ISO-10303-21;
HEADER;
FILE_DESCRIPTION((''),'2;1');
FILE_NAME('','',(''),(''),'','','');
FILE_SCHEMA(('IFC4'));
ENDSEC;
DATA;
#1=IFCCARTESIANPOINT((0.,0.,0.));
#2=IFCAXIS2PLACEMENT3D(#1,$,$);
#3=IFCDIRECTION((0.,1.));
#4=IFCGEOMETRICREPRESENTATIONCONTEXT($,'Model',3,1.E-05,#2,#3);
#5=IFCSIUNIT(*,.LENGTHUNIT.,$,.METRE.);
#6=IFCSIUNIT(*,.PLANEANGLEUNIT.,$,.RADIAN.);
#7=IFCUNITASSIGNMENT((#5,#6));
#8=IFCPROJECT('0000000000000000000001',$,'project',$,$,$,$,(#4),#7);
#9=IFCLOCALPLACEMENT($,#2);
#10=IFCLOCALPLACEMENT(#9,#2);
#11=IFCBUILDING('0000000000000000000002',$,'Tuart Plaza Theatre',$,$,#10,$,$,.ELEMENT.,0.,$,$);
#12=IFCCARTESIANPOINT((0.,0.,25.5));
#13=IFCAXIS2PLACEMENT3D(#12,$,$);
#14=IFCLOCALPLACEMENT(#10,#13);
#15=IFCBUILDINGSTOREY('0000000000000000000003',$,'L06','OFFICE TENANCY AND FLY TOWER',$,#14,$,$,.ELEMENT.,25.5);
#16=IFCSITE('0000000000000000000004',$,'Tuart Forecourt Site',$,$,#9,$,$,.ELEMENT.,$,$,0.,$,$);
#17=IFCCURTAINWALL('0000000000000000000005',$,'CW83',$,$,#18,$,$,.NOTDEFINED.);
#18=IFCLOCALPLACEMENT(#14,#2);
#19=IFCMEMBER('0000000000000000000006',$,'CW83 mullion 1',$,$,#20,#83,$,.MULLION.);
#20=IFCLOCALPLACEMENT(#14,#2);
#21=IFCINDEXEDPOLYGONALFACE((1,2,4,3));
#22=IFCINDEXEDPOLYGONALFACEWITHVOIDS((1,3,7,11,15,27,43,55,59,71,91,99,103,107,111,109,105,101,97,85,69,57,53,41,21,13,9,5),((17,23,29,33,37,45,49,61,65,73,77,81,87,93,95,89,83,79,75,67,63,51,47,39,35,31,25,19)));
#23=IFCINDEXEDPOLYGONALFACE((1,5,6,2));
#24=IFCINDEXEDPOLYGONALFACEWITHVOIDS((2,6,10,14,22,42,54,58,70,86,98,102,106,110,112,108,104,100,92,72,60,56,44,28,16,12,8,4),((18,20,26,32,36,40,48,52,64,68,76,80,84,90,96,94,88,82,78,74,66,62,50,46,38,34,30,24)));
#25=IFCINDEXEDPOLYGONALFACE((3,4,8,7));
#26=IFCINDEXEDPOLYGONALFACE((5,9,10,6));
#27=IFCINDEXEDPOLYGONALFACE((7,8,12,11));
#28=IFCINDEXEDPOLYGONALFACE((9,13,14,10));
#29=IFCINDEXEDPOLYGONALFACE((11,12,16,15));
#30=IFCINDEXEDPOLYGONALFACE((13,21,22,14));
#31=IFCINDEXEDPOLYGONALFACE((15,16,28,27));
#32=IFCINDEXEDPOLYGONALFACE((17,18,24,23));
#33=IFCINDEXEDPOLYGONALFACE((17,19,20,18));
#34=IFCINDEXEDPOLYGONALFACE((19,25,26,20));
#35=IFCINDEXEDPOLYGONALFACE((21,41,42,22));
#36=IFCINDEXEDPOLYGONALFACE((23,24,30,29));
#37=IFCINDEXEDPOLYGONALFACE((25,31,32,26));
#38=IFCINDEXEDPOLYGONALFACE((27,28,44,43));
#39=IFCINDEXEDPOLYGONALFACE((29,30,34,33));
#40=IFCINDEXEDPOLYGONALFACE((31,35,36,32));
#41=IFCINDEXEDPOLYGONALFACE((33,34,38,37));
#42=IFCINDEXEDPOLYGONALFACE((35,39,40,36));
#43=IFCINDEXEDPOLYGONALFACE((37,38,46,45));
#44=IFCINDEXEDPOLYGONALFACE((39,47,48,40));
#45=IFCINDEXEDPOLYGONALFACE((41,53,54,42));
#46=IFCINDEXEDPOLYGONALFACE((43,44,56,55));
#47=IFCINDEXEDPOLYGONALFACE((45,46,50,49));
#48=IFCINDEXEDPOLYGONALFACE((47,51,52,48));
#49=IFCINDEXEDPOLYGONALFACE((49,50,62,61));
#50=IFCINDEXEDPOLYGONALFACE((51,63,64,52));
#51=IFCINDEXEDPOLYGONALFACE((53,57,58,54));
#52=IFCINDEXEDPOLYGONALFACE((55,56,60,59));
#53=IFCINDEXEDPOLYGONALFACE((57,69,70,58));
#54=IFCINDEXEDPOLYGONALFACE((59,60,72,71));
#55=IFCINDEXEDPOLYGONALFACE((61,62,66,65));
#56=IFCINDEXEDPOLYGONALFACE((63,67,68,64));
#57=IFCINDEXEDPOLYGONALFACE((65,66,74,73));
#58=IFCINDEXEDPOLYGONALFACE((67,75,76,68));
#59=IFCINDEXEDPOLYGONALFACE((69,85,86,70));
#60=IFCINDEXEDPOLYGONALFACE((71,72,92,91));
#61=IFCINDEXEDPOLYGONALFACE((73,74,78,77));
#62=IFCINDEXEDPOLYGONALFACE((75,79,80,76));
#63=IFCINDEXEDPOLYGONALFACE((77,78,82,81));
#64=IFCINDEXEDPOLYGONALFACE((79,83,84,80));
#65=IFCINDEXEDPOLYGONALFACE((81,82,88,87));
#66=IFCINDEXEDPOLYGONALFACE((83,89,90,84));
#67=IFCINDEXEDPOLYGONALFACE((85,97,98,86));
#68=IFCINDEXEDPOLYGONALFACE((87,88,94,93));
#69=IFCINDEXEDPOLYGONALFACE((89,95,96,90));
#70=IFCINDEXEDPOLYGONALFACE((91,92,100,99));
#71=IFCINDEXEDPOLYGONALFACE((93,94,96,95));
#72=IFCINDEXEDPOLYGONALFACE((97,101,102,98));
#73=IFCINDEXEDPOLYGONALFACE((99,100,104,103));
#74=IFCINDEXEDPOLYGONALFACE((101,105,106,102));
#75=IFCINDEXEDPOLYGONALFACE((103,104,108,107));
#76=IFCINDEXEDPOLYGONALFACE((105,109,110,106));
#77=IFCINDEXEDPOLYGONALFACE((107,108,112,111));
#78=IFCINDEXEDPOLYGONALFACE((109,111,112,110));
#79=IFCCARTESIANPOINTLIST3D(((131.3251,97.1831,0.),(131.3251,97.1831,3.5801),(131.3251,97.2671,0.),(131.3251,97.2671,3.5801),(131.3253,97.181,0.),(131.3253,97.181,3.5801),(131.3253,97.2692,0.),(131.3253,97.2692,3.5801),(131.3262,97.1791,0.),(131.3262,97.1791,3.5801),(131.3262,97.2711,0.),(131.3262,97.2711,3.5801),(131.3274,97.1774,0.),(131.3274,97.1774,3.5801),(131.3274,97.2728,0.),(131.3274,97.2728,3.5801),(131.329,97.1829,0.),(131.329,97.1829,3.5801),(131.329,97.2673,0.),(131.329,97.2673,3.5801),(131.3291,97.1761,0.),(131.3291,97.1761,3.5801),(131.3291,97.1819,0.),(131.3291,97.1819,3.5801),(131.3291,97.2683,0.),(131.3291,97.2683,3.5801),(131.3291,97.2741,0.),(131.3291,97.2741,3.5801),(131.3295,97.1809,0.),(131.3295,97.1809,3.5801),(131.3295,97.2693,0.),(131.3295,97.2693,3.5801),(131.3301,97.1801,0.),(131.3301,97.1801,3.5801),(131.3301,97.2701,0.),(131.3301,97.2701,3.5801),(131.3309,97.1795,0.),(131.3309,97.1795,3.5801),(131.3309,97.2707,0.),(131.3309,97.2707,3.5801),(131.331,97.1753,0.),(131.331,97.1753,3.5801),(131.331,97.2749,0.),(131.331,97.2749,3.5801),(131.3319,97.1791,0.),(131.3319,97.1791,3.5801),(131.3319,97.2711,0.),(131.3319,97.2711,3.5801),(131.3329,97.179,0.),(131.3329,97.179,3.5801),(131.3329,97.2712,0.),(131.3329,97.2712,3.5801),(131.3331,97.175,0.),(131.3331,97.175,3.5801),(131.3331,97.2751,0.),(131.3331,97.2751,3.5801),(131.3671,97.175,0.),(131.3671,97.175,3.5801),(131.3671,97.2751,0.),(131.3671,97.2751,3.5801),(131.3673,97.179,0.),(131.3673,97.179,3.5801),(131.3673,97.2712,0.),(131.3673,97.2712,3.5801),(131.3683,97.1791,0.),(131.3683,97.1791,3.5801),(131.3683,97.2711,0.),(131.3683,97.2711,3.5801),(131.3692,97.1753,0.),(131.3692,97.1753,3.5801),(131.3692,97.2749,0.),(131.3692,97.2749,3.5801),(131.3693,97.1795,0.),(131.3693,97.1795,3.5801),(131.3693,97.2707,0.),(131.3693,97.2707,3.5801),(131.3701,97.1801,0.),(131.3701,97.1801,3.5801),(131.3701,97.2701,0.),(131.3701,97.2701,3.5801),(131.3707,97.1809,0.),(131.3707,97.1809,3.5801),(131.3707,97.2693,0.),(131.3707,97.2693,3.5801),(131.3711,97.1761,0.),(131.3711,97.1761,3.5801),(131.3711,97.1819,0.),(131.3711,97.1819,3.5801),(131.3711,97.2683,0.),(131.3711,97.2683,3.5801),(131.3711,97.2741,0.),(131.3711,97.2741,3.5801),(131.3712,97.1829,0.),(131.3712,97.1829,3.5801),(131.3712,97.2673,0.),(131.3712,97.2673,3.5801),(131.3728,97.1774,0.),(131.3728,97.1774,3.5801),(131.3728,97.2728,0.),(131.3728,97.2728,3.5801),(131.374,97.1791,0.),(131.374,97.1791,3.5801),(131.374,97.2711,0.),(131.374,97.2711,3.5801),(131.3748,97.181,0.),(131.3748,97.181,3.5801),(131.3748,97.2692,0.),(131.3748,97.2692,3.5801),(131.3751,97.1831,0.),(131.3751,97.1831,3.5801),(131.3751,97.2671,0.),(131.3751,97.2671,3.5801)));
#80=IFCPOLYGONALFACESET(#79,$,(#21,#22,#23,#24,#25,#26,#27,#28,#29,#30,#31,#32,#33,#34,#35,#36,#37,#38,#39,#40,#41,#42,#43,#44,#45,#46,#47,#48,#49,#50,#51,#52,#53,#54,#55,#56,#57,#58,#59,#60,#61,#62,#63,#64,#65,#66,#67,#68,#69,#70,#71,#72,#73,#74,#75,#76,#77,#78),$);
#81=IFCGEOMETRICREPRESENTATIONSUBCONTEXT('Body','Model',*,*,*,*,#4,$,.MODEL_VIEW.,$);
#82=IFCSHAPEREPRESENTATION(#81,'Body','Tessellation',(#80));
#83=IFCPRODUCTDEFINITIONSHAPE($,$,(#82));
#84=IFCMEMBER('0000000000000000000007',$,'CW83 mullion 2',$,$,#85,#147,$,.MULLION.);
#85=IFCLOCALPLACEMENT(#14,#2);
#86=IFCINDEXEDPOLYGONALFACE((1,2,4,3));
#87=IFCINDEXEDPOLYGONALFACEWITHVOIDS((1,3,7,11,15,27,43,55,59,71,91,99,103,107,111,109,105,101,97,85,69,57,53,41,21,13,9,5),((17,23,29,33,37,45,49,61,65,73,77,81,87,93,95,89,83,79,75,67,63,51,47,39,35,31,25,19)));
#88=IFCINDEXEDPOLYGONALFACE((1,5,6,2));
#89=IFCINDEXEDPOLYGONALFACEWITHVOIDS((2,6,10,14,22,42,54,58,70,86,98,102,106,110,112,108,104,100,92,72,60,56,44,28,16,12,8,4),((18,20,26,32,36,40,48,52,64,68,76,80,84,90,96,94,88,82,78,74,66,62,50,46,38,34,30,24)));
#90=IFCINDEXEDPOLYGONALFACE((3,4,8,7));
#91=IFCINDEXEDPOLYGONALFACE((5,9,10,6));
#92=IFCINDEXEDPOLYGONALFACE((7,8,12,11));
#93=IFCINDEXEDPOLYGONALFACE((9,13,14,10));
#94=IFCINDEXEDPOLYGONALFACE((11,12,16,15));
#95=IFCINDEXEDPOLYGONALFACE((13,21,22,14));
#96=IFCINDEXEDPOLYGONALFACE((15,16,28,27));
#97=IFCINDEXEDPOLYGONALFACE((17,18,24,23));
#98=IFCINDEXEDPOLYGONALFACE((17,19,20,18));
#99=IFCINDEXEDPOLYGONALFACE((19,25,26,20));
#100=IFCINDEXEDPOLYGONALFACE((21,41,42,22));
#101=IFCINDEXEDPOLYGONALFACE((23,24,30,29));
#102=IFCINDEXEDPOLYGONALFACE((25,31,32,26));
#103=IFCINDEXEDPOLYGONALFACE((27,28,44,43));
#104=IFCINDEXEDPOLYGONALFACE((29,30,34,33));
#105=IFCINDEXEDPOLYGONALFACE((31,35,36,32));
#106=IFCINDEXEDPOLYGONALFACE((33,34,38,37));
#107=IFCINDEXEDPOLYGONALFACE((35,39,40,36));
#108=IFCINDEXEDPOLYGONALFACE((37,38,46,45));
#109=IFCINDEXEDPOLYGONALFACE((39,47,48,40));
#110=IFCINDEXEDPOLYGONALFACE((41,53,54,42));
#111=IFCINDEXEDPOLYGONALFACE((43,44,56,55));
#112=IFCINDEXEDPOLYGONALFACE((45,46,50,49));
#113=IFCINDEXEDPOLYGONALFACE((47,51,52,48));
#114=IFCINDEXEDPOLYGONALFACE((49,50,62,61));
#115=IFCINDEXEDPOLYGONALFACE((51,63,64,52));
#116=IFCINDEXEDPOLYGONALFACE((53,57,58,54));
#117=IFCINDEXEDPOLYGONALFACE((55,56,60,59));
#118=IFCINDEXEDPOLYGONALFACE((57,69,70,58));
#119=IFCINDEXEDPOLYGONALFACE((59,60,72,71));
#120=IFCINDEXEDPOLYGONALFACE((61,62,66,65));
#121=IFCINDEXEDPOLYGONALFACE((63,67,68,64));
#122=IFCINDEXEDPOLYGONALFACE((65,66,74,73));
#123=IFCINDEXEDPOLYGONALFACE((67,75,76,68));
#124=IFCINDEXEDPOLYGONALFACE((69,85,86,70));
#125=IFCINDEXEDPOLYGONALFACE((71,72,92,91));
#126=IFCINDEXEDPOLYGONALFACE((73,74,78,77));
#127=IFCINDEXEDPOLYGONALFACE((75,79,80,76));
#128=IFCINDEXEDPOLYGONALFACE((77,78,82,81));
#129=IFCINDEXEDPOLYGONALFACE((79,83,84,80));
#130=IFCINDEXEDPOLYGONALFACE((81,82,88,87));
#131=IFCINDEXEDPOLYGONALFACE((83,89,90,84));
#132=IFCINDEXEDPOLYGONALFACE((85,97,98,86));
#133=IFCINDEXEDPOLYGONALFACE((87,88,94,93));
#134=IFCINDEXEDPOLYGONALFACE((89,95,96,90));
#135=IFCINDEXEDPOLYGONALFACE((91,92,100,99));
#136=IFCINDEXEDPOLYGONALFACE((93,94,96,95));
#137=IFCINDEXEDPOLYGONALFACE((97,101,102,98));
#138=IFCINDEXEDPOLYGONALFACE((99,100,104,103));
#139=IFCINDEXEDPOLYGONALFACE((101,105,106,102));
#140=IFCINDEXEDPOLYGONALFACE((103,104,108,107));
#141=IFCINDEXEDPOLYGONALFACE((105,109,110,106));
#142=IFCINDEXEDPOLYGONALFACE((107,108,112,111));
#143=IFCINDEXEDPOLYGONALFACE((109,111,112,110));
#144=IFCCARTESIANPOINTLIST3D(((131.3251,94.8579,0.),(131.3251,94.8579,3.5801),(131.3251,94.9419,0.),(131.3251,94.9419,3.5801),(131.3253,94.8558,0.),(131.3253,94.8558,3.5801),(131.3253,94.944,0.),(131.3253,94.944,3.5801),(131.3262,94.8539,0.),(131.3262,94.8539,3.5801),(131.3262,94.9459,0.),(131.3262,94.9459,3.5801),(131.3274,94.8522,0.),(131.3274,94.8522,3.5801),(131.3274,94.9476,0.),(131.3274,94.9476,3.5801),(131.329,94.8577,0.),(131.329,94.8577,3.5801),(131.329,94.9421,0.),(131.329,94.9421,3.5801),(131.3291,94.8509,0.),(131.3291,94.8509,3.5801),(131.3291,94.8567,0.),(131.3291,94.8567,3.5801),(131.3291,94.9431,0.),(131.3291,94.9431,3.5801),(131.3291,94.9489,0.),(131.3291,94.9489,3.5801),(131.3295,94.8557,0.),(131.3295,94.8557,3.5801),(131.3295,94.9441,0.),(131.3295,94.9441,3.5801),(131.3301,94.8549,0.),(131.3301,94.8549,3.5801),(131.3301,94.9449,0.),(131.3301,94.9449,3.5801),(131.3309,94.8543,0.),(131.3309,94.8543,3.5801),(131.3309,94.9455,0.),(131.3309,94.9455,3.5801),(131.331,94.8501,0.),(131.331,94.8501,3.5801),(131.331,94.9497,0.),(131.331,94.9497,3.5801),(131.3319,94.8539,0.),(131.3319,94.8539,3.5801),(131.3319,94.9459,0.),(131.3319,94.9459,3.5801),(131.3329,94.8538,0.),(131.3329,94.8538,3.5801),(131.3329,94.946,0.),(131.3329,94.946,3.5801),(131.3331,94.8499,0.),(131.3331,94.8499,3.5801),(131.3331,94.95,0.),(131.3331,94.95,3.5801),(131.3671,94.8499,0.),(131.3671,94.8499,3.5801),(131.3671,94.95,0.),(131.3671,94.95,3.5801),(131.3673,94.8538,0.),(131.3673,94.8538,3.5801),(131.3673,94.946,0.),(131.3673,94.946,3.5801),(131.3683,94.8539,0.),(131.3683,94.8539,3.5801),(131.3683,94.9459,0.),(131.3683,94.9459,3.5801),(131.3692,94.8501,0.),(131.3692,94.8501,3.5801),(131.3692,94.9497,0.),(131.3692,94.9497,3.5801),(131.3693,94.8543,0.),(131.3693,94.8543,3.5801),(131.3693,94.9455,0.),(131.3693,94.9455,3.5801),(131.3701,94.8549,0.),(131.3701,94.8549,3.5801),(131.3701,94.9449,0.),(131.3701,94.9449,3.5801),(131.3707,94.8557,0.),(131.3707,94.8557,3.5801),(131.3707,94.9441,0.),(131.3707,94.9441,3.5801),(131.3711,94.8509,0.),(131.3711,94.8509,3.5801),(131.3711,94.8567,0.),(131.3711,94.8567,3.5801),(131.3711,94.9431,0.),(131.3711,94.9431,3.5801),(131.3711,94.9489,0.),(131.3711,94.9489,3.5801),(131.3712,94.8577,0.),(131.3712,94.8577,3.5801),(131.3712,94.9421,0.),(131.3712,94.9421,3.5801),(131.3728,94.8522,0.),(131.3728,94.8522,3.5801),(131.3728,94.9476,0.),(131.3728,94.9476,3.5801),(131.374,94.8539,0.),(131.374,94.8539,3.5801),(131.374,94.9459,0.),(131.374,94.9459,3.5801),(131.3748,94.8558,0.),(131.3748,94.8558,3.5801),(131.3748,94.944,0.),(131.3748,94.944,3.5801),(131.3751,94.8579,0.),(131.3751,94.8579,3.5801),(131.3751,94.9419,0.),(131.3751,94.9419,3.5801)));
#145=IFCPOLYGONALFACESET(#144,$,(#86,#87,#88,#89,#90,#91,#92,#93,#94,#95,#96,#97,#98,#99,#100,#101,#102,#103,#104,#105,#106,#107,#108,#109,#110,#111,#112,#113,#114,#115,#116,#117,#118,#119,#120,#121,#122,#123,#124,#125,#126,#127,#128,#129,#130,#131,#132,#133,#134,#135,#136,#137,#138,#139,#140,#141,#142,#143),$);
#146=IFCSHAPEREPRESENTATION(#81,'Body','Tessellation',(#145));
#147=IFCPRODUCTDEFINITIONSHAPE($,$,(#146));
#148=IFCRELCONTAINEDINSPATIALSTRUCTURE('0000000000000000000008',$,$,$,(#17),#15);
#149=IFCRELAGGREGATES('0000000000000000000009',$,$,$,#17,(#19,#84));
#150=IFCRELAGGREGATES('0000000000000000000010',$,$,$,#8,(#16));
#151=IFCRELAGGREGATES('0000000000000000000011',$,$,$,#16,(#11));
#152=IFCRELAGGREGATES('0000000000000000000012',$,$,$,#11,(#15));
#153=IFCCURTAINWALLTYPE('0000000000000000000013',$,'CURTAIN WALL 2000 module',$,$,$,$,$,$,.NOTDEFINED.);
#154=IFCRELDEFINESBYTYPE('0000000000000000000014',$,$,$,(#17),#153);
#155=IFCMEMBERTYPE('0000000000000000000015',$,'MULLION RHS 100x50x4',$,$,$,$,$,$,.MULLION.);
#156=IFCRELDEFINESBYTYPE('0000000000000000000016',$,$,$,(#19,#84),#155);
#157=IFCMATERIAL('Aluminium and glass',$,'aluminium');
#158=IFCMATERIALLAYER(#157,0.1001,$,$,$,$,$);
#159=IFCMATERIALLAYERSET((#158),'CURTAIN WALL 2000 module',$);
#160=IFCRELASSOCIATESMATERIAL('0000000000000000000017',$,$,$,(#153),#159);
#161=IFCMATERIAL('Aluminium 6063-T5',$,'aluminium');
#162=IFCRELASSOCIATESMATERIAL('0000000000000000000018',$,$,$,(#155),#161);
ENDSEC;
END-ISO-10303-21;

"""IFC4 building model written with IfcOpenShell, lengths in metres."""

from ifc_helpers import new_model, si_unit, direction, frame, origin, origin_2d, place, context, subcontext, project, spatial, hollow_rectangle, extrude, material, layer, layer_set, material_profile, profile_set, type_object, element, aggregate, save


model = new_model("IFC4")

# Units and contexts
model_context = context("Model", 3, precision=1e-05, world=origin(), true_north=direction((0.0, 1.0)))
body_context = subcontext(model_context, "Body", "Model", "MODEL_VIEW")
ifc_project = project(units=[si_unit("LENGTHUNIT", "METRE"), si_unit("PLANEANGLEUNIT", "RADIAN")], contexts=[model_context])

# Site, building, storey
site_placement = place(None, origin())
site = spatial("IfcSite", under=ifc_project, at=site_placement, Name="Tuart Forecourt Site", CompositionType="ELEMENT", RefElevation=0.0)
building_placement = place(site_placement, origin())
building = spatial("IfcBuilding", under=site, at=building_placement, Name="Tuart Plaza Theatre", CompositionType="ELEMENT", ElevationOfRefHeight=0.0)
storey_placement = place(building_placement, frame((0.0, 0.0, 25.5)))
storey = spatial("IfcBuildingStorey", under=building, at=storey_placement, Name="L06", Description="OFFICE TENANCY AND FLY TOWER", CompositionType="ELEMENT", Elevation=25.5)

# Curtain wall, members
ifc_material_1 = material(Name="Aluminium and glass", Category="aluminium")
ifc_layer_1 = layer(ifc_material_1, 0.1001)
ifc_layer_set_1 = layer_set([ifc_layer_1], Name="CURTAIN WALL 2000 module")
curtain_wall_type = type_object("IfcCurtainWallType", Name="CURTAIN WALL 2000 module", PredefinedType="NOTDEFINED", material=ifc_layer_set_1)
curtain_wall_1_placement = place(storey_placement, origin())
curtain_wall_1 = element("IfcCurtainWall", 1, at=curtain_wall_1_placement, inside=storey, type_object=curtain_wall_type, Name="CW83", PredefinedType="NOTDEFINED")
ifc_material_2 = material(Name="Aluminium 6063-T5", Category="aluminium")
ifc_material_profile_1 = material_profile(ifc_material_2, hollow_rectangle(XDim=0.05, YDim=0.1001, WallThickness=0.0039, InnerFilletRadius=0.0039, OuterFilletRadius=0.0081, at=origin_2d()), Name="RHS 100x50x4")
ifc_profile_set_1 = profile_set([ifc_material_profile_1], Name="Aluminium 6063-T5")
member_type_1 = type_object("IfcMemberType", Name="MULLION RHS 100x50x4", PredefinedType="MULLION", material=ifc_profile_set_1)
member_1_placement = place(storey_placement, frame((131.3501, 97.2251, 0.0), z_axis=(0.0, 0.0, 1.0), x_axis=(1.0, 0.0, 0.0)))
member_1 = element("IfcMember", 2, at=member_1_placement, type_object=member_type_1, Name="CW83 mullion 1", PredefinedType="MULLION", context=body_context, shape_type="SweptSolid", body=[
    extrude(hollow_rectangle(XDim=0.05, YDim=0.1001, WallThickness=0.0039, InnerFilletRadius=0.0039, OuterFilletRadius=0.0081, at=origin_2d()), origin(), (0.0, 0.0, 1.0), 3.5801),
])
member_2_placement = place(storey_placement, frame((131.3501, 94.8999, 0.0), z_axis=(0.0, 0.0, 1.0), x_axis=(1.0, 0.0, 0.0)))
member_2 = element("IfcMember", 3, at=member_2_placement, type_object=member_type_1, Name="CW83 mullion 2", PredefinedType="MULLION", context=body_context, shape_type="SweptSolid", body=[
    extrude(hollow_rectangle(XDim=0.05, YDim=0.1001, WallThickness=0.0039, InnerFilletRadius=0.0039, OuterFilletRadius=0.0081, at=origin_2d()), origin(), (0.0, 0.0, 1.0), 3.5801),
])

aggregate(curtain_wall_1, [member_1, member_2])

save(model, "model.ifc")
